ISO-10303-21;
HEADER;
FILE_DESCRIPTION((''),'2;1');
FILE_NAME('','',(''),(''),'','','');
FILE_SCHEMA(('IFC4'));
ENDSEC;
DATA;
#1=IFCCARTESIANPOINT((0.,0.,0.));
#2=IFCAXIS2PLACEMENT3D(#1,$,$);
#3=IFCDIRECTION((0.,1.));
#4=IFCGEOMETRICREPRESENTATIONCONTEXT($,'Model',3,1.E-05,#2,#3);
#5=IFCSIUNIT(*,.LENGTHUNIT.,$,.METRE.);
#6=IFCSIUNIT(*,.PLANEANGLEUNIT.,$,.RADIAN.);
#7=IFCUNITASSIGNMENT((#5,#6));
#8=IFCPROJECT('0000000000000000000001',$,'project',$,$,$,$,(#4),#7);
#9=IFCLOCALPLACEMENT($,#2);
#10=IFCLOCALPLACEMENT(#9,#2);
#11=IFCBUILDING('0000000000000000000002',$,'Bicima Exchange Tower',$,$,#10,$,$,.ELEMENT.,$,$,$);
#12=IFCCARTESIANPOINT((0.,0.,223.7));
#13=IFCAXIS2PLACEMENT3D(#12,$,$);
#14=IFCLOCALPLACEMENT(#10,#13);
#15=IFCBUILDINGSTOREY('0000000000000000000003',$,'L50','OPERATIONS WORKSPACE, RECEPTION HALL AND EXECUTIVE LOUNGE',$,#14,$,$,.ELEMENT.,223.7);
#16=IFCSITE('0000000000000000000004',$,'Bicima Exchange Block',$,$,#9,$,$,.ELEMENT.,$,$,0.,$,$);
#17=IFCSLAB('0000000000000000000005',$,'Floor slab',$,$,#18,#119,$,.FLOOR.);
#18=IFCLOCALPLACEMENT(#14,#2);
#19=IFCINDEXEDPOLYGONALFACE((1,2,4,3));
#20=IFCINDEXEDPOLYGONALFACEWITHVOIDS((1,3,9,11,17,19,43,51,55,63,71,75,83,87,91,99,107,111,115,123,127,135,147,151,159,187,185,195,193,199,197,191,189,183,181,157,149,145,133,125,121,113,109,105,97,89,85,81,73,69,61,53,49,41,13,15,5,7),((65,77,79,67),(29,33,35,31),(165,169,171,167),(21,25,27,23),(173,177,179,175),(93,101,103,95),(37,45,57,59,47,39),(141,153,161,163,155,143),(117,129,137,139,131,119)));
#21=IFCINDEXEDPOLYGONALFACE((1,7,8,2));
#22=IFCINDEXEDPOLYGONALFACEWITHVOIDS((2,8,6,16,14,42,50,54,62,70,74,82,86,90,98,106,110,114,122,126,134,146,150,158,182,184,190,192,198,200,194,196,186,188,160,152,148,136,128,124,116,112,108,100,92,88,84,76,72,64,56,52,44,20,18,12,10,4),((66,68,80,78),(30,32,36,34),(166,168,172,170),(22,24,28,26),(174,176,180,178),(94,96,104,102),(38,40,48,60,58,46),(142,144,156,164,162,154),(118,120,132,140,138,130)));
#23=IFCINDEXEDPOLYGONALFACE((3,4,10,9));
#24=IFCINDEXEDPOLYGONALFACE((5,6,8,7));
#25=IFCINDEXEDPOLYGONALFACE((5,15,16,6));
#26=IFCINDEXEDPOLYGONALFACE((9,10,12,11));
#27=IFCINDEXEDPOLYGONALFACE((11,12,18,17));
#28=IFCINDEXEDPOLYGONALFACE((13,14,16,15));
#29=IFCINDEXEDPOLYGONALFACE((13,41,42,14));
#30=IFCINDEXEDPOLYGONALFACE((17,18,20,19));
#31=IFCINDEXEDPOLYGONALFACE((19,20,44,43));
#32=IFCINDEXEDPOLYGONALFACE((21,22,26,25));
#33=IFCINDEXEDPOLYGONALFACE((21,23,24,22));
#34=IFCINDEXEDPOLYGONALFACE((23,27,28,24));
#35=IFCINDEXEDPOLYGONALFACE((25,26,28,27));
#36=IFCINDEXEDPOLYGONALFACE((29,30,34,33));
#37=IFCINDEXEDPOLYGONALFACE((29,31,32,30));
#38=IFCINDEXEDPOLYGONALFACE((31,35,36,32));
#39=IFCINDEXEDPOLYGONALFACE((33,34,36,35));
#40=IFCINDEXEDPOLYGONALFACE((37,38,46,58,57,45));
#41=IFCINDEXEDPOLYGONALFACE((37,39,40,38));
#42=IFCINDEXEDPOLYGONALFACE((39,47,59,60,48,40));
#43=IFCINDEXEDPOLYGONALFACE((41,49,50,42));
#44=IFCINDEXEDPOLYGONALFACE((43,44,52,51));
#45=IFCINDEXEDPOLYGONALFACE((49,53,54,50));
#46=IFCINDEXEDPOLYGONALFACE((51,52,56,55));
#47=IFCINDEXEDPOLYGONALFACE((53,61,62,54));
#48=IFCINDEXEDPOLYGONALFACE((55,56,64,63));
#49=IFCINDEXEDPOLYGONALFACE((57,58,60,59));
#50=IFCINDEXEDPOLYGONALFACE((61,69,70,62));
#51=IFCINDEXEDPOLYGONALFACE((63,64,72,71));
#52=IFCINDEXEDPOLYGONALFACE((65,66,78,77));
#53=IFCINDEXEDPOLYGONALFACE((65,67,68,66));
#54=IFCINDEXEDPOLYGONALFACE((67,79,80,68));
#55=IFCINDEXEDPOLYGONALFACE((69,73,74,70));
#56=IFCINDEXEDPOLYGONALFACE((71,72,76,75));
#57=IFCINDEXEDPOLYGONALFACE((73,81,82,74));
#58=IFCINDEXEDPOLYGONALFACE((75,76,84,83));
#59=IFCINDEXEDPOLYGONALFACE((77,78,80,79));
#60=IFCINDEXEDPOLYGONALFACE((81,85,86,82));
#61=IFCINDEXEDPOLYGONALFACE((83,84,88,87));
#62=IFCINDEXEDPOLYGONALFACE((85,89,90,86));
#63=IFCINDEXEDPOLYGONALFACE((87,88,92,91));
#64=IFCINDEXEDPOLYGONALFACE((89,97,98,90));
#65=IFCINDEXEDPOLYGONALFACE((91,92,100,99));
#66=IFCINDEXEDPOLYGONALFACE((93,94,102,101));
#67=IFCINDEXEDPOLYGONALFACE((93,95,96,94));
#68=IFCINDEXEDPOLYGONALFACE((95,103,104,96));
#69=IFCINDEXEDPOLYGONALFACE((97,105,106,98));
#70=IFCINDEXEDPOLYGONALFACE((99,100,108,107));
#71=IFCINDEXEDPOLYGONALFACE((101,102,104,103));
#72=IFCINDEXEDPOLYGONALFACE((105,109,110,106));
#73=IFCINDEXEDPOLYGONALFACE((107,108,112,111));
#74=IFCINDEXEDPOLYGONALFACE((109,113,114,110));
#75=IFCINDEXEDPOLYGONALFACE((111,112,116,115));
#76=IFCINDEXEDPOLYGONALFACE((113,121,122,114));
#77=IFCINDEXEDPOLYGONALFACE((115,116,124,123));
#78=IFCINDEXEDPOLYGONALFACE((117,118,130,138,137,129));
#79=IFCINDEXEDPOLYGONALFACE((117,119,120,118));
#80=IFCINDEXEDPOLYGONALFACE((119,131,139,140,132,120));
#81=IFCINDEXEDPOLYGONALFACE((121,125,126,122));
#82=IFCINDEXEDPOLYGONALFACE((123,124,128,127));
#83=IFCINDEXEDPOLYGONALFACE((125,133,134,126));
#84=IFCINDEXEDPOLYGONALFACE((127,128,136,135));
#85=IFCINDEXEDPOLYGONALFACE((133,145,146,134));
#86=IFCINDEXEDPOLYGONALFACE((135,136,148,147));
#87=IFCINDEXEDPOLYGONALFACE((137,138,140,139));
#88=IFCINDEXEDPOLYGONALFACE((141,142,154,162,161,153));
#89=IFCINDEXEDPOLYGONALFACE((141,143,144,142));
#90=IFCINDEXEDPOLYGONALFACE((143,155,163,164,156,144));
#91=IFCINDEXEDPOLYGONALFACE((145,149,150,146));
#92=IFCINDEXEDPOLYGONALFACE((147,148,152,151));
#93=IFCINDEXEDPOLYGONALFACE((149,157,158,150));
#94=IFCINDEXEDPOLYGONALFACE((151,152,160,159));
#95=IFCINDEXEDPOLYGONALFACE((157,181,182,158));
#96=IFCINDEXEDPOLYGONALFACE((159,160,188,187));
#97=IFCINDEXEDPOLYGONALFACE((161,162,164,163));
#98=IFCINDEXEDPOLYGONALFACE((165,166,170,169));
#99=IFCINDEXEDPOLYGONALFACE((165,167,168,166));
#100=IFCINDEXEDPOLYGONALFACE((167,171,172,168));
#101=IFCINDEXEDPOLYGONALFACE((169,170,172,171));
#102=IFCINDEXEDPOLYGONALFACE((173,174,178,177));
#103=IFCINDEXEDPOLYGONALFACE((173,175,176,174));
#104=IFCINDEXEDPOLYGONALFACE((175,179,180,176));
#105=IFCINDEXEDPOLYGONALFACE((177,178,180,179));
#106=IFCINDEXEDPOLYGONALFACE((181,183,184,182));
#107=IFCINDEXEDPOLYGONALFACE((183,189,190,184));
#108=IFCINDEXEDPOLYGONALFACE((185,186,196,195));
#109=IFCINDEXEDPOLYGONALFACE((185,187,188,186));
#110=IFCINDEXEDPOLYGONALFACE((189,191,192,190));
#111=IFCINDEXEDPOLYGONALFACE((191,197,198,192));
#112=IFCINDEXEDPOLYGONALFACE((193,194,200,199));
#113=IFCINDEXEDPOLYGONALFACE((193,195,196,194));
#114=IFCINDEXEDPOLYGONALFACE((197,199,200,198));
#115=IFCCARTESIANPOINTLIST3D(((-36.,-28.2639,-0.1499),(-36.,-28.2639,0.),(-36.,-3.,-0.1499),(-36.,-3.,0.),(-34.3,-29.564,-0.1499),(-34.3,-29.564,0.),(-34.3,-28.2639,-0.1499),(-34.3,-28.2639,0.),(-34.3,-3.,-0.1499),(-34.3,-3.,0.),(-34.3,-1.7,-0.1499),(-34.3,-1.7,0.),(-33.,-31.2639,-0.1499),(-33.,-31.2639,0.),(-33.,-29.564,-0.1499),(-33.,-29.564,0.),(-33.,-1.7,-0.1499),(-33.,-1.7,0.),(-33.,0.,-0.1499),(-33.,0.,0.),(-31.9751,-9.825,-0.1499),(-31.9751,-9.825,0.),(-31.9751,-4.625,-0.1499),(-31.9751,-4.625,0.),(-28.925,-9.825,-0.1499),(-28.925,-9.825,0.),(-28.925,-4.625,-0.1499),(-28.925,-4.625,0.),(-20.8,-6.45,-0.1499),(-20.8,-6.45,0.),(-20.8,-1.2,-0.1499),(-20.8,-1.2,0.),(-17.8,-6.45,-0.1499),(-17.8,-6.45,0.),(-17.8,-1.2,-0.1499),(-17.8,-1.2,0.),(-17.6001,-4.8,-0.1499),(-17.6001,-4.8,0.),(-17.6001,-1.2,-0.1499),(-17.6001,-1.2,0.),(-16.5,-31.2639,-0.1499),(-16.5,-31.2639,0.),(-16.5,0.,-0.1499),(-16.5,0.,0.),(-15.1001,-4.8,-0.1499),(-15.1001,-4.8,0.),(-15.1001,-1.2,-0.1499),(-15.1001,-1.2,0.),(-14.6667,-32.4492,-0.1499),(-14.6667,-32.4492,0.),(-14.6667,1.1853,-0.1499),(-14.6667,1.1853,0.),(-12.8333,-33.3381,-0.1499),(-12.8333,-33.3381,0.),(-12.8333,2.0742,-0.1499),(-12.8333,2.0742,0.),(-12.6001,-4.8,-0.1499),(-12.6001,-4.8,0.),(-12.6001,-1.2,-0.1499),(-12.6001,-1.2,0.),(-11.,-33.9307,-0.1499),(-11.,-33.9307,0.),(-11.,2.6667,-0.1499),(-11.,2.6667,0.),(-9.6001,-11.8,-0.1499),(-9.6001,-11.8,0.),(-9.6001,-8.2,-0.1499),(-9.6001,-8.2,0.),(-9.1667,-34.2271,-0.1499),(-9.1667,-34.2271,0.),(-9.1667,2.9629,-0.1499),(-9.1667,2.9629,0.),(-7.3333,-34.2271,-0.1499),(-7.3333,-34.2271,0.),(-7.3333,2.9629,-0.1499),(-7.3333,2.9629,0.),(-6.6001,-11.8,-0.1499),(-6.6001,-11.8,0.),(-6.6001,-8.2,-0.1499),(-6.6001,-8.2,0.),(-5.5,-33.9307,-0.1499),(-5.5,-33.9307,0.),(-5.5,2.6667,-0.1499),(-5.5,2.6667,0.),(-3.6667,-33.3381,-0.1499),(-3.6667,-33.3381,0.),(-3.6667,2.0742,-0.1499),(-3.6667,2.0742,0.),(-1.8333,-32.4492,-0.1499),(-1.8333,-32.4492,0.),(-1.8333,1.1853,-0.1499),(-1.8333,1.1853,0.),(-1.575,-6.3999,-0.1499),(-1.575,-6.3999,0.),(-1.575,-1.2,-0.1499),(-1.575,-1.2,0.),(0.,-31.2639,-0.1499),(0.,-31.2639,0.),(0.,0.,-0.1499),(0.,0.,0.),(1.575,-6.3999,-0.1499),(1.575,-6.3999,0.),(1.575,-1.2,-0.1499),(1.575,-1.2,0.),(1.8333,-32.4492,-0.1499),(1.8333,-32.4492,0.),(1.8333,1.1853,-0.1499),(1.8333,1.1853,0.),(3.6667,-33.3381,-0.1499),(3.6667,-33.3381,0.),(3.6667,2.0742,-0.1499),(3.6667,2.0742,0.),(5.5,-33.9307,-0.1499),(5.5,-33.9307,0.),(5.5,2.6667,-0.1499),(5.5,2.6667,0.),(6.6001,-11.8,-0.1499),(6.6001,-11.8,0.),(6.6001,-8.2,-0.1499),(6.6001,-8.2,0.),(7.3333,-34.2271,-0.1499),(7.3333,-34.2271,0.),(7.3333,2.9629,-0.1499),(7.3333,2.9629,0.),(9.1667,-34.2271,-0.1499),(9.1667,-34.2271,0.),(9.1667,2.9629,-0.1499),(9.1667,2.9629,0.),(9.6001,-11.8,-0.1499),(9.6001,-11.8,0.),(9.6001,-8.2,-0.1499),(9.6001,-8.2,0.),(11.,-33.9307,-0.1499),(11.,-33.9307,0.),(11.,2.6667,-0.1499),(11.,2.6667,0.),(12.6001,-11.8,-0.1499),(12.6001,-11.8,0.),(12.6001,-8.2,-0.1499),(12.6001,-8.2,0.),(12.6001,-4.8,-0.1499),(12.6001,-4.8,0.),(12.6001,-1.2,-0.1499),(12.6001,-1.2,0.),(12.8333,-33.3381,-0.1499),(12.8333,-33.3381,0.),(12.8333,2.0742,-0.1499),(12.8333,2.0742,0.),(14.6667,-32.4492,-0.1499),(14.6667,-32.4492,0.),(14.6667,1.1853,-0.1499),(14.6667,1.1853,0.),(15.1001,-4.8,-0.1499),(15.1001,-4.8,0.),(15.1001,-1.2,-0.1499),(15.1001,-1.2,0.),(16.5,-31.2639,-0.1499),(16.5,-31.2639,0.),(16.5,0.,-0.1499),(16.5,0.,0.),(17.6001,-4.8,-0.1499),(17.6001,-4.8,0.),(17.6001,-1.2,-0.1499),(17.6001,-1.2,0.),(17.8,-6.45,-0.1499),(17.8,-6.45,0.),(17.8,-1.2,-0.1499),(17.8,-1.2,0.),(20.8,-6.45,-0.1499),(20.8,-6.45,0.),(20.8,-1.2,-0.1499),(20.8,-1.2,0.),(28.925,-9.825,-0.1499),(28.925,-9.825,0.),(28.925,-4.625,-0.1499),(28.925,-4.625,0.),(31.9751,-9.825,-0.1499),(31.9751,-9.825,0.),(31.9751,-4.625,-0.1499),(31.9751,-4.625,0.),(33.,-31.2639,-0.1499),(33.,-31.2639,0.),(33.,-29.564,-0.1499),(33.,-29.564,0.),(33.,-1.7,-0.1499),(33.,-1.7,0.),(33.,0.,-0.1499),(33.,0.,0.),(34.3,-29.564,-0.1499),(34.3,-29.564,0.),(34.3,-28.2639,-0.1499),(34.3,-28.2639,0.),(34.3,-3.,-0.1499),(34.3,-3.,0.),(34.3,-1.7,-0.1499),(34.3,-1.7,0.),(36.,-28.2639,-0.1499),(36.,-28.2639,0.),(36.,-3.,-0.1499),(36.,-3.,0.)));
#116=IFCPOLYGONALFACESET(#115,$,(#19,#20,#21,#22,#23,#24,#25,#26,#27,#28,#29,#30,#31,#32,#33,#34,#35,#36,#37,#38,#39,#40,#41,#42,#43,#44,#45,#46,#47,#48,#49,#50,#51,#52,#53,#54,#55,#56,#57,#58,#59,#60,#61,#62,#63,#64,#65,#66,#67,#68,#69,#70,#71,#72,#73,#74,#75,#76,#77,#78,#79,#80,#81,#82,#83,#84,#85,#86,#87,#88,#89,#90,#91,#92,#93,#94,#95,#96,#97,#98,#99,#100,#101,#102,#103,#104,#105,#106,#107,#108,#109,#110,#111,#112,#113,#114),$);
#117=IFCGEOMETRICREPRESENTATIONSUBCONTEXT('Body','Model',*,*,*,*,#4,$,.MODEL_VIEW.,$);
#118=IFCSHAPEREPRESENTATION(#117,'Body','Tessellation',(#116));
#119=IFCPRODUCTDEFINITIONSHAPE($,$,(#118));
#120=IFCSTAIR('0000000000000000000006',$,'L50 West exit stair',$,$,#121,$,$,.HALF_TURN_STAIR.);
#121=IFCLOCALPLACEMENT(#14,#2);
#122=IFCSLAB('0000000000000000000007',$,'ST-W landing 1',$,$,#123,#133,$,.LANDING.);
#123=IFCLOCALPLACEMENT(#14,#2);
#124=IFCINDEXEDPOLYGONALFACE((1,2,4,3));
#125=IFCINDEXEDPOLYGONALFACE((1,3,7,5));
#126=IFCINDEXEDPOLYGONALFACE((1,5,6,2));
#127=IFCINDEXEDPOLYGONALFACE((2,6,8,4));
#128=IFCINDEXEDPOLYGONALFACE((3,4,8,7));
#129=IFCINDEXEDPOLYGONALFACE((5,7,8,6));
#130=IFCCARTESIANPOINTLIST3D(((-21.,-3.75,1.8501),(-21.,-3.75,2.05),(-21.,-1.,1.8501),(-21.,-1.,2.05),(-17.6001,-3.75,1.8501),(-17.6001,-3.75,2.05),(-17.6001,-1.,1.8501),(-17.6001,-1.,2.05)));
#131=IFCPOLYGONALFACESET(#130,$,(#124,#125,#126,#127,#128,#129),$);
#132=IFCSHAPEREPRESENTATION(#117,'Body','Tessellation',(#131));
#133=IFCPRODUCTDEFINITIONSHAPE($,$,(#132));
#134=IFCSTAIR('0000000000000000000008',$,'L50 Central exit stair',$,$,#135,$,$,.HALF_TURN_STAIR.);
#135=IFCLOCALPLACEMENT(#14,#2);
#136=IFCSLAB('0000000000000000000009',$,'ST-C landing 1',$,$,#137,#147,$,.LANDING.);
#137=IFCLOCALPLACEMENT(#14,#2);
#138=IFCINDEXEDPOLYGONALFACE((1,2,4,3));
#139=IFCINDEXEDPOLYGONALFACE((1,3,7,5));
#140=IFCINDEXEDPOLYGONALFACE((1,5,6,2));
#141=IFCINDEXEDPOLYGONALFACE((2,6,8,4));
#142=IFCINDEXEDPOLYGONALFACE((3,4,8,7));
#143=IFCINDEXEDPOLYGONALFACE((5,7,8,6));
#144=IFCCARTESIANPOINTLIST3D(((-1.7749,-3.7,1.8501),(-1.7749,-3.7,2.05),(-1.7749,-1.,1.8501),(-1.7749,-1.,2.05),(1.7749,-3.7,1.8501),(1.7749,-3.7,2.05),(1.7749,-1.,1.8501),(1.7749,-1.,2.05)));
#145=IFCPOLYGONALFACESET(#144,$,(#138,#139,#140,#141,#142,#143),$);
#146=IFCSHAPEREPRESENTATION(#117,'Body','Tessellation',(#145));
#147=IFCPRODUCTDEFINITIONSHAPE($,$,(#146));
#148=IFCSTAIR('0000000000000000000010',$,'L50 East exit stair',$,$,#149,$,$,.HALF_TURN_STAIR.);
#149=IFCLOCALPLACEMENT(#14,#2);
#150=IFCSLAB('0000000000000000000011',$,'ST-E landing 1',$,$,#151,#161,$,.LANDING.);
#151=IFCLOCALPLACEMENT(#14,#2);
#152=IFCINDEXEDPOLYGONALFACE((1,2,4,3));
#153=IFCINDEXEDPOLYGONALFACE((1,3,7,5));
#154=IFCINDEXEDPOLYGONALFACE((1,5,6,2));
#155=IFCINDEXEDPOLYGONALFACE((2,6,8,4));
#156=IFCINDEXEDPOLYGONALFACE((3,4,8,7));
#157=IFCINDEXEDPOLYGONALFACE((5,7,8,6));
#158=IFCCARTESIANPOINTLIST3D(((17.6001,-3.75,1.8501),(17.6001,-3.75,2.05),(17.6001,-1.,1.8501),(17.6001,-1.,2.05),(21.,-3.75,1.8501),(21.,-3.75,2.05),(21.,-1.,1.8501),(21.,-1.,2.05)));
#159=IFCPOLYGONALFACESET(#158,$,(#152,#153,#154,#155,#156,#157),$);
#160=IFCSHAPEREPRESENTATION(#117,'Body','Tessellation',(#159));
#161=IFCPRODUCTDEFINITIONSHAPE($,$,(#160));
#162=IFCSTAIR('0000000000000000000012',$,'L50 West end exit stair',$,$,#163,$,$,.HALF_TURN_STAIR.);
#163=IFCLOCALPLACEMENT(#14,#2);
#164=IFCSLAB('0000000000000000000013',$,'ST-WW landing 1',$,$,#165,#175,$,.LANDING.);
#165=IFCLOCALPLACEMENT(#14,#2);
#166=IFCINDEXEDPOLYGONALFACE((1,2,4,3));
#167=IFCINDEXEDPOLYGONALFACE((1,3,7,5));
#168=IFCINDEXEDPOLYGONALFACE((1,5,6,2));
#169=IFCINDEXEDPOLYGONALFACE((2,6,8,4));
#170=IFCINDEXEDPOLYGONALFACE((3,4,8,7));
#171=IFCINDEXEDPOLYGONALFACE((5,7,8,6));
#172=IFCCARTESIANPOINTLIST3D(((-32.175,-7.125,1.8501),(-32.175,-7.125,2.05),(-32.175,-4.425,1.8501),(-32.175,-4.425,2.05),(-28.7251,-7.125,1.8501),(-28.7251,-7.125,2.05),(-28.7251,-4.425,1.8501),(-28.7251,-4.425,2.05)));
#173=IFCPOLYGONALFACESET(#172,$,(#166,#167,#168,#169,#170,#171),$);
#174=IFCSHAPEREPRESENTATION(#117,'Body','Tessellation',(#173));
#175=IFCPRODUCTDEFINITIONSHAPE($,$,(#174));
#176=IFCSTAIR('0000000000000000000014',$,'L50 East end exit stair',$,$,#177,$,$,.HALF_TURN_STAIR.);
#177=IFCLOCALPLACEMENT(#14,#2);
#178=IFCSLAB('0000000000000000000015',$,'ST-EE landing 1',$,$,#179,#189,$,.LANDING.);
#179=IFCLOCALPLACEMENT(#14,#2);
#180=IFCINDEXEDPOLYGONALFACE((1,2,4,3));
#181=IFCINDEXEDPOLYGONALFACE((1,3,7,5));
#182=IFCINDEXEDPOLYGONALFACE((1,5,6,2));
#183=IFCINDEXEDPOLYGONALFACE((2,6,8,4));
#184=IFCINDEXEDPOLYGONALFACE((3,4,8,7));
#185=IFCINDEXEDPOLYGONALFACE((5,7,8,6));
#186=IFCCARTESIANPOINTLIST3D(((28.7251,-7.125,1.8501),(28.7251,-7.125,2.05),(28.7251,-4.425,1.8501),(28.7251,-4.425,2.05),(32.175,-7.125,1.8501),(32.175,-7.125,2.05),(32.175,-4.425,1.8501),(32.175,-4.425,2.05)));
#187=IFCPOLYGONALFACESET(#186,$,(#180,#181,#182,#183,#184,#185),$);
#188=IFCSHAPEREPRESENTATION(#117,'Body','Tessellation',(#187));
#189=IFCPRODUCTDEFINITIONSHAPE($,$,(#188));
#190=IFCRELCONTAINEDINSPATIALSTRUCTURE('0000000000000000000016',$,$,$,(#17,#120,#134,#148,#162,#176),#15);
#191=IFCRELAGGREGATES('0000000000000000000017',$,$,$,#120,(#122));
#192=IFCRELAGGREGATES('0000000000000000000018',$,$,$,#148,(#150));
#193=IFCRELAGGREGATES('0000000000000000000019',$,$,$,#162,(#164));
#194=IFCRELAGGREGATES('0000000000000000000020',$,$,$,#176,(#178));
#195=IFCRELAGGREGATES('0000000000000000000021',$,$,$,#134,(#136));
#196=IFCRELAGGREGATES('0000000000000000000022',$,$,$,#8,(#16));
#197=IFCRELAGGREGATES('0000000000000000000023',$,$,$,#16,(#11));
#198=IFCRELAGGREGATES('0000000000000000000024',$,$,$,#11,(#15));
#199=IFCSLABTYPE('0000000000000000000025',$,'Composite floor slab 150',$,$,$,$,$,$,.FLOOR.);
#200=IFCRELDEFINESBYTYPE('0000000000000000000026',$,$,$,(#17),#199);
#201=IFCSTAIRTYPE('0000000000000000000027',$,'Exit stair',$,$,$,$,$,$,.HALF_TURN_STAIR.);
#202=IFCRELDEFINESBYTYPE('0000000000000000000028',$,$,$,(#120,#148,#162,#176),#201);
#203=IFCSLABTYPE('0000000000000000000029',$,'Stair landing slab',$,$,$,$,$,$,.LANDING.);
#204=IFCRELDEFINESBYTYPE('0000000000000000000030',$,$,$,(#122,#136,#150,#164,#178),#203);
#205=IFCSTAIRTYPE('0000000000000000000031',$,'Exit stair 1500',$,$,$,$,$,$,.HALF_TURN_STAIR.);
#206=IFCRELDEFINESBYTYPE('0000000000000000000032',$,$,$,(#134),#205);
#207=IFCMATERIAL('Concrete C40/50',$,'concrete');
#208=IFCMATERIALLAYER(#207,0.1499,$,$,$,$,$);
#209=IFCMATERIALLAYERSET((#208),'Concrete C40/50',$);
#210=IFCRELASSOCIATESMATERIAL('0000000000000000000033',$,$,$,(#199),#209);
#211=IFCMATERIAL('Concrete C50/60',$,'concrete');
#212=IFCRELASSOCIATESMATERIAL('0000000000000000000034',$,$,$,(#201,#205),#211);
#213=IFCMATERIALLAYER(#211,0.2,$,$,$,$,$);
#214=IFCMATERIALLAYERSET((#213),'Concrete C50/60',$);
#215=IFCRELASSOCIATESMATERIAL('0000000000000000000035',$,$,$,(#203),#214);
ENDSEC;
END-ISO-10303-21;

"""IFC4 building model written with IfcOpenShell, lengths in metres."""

from ifc_helpers import new_model, si_unit, direction, frame, origin, place, context, subcontext, project, spatial, polyline, outline, extrude, material, layer, layer_set, type_object, element, aggregate, save


model = new_model("IFC4")

# Units and contexts
model_context = context("Model", 3, precision=1e-05, world=origin(), true_north=direction((0.0, 1.0)))
body_context = subcontext(model_context, "Body", "Model", "MODEL_VIEW")
ifc_project = project(units=[si_unit("LENGTHUNIT", "METRE"), si_unit("PLANEANGLEUNIT", "RADIAN")], contexts=[model_context])

# Site, building, storey
site_placement = place(None, origin())
site = spatial("IfcSite", under=ifc_project, at=site_placement, Name="Bicima Exchange Block", CompositionType="ELEMENT", RefElevation=0.0)
building_placement = place(site_placement, origin())
building = spatial("IfcBuilding", under=site, at=building_placement, Name="Bicima Exchange Tower", CompositionType="ELEMENT")
storey_placement = place(building_placement, frame((0.0, 0.0, 223.7)))
storey = spatial("IfcBuildingStorey", under=building, at=storey_placement, Name="L50", Description="OPERATIONS WORKSPACE, RECEPTION HALL AND EXECUTIVE LOUNGE", CompositionType="ELEMENT", Elevation=223.7)

# Slab
ifc_material_1 = material(Name="Concrete C40/50", Category="concrete")
ifc_layer_1 = layer(ifc_material_1, 0.1499)
ifc_layer_set_1 = layer_set([ifc_layer_1], Name="Concrete C40/50")
slab_type_1 = type_object("IfcSlabType", Name="Composite floor slab 150", PredefinedType="FLOOR", material=ifc_layer_set_1)
slab_1_placement = place(storey_placement, frame((0.0, 0.0, -0.1499)))
element("IfcSlab", 1, at=slab_1_placement, inside=storey, type_object=slab_type_1, Name="Floor slab", PredefinedType="FLOOR", context=body_context, shape_type="SweptSolid", body=[
    extrude(outline(polyline([(-36.0, -28.2639), (-36.0, -3.0), (-34.3, -3.0), (-34.3, -1.7), (-33.0, -1.7), (-33.0, 0.0), (-16.5, 0.0), (-14.6667, 1.1853), (-12.8333, 2.0742), (-11.0, 2.6667), (-9.1667, 2.9629), (-7.3333, 2.9629), (-5.5, 2.6667), (-3.6667, 2.0742), (-1.8333, 1.1853), (0.0, 0.0), (1.8333, 1.1853), (3.6667, 2.0742), (5.5, 2.6667), (7.3333, 2.9629), (9.1667, 2.9629), (11.0, 2.6667), (12.8333, 2.0742), (14.6667, 1.1853), (16.5, 0.0), (33.0, 0.0), (33.0, -1.7), (34.3, -1.7), (34.3, -3.0), (36.0, -3.0), (36.0, -28.2639), (34.3, -28.2639), (34.3, -29.564), (33.0, -29.564), (33.0, -31.2639), (16.5, -31.2639), (14.6667, -32.4492), (12.8333, -33.3381), (11.0, -33.9307), (9.1667, -34.2271), (7.3333, -34.2271), (5.5, -33.9307), (3.6667, -33.3381), (1.8333, -32.4492), (0.0, -31.2639), (-1.8333, -32.4492), (-3.6667, -33.3381), (-5.5, -33.9307), (-7.3333, -34.2271), (-9.1667, -34.2271), (-11.0, -33.9307), (-12.8333, -33.3381), (-14.6667, -32.4492), (-16.5, -31.2639), (-33.0, -31.2639), (-33.0, -29.564), (-34.3, -29.564), (-34.3, -28.2639), (-36.0, -28.2639)]), holes=[polyline([(-6.6001, -11.8), (-6.6001, -8.2), (-9.6001, -8.2), (-9.6001, -11.8), (-6.6001, -11.8)]), polyline([(-31.9751, -9.825), (-28.925, -9.825), (-28.925, -4.625), (-31.9751, -4.625), (-31.9751, -9.825)]), polyline([(-20.8, -6.45), (-17.8, -6.45), (-17.8, -1.2), (-20.8, -1.2), (-20.8, -6.45)]), polyline([(1.575, -6.3999), (1.575, -1.2), (-1.575, -1.2), (-1.575, -6.3999), (1.575, -6.3999)]), polyline([(-12.6001, -4.8), (-12.6001, -1.2), (-15.1001, -1.2), (-17.6001, -1.2), (-17.6001, -4.8), (-15.1001, -4.8), (-12.6001, -4.8)]), polyline([(12.6001, -8.2), (9.6001, -8.2), (6.6001, -8.2), (6.6001, -11.8), (9.6001, -11.8), (12.6001, -11.8), (12.6001, -8.2)]), polyline([(28.925, -9.825), (31.9751, -9.825), (31.9751, -4.625), (28.925, -4.625), (28.925, -9.825)]), polyline([(20.8, -6.45), (20.8, -1.2), (17.8, -1.2), (17.8, -6.45), (20.8, -6.45)]), polyline([(17.6001, -4.8), (17.6001, -1.2), (15.1001, -1.2), (12.6001, -1.2), (12.6001, -4.8), (15.1001, -4.8), (17.6001, -4.8)])]), origin(), (0.0, 0.0, 1.0), 0.1499),
])

# Stairs, slabs
ifc_material_2 = material(Name="Concrete C50/60", Category="concrete")
stair_type_1 = type_object("IfcStairType", Name="Exit stair", PredefinedType="HALF_TURN_STAIR", material=ifc_material_2)
stair_1_placement = place(storey_placement, origin())
stair_1 = element("IfcStair", 2, at=stair_1_placement, inside=storey, type_object=stair_type_1, Name="L50 West exit stair", PredefinedType="HALF_TURN_STAIR")
ifc_layer_2 = layer(ifc_material_2, 0.2)
ifc_layer_set_2 = layer_set([ifc_layer_2], Name="Concrete C50/60")
slab_type_2 = type_object("IfcSlabType", Name="Stair landing slab", PredefinedType="LANDING", material=ifc_layer_set_2)
slab_2_placement = place(storey_placement, frame((0.0, 0.0, 1.8501)))
slab_2 = element("IfcSlab", 3, at=slab_2_placement, type_object=slab_type_2, Name="ST-W landing 1", PredefinedType="LANDING", context=body_context, shape_type="SweptSolid", body=[
    extrude(outline(polyline([(-17.6001, -3.75), (-17.6001, -1.0), (-21.0, -1.0), (-21.0, -3.75), (-17.6001, -3.75)])), origin(), (0.0, 0.0, 1.0), 0.2),
])
aggregate(stair_1, [slab_2])
stair_type_2 = type_object("IfcStairType", Name="Exit stair 1500", PredefinedType="HALF_TURN_STAIR", material=ifc_material_2)
stair_2_placement = place(storey_placement, origin())
stair_2 = element("IfcStair", 4, at=stair_2_placement, inside=storey, type_object=stair_type_2, Name="L50 Central exit stair", PredefinedType="HALF_TURN_STAIR")
slab_3_placement = place(storey_placement, frame((0.0, 0.0, 1.8501)))
slab_3 = element("IfcSlab", 5, at=slab_3_placement, type_object=slab_type_2, Name="ST-C landing 1", PredefinedType="LANDING", context=body_context, shape_type="SweptSolid", body=[
    extrude(outline(polyline([(1.7749, -3.7), (1.7749, -1.0), (-1.7749, -1.0), (-1.7749, -3.7), (1.7749, -3.7)])), origin(), (0.0, 0.0, 1.0), 0.2),
])
stair_3_placement = place(storey_placement, origin())
stair_3 = element("IfcStair", 6, at=stair_3_placement, inside=storey, type_object=stair_type_1, Name="L50 East exit stair", PredefinedType="HALF_TURN_STAIR")
slab_4_placement = place(storey_placement, frame((0.0, 0.0, 1.8501)))
slab_4 = element("IfcSlab", 7, at=slab_4_placement, type_object=slab_type_2, Name="ST-E landing 1", PredefinedType="LANDING", context=body_context, shape_type="SweptSolid", body=[
    extrude(outline(polyline([(21.0, -3.75), (21.0, -1.0), (17.6001, -1.0), (17.6001, -3.75), (21.0, -3.75)])), origin(), (0.0, 0.0, 1.0), 0.2),
])
aggregate(stair_3, [slab_4])
stair_4_placement = place(storey_placement, origin())
stair_4 = element("IfcStair", 8, at=stair_4_placement, inside=storey, type_object=stair_type_1, Name="L50 West end exit stair", PredefinedType="HALF_TURN_STAIR")
slab_5_placement = place(storey_placement, frame((0.0, 0.0, 1.8501)))
slab_5 = element("IfcSlab", 9, at=slab_5_placement, type_object=slab_type_2, Name="ST-WW landing 1", PredefinedType="LANDING", context=body_context, shape_type="SweptSolid", body=[
    extrude(outline(polyline([(-28.7251, -7.125), (-28.7251, -4.425), (-32.175, -4.425), (-32.175, -7.125), (-28.7251, -7.125)])), origin(), (0.0, 0.0, 1.0), 0.2),
])
aggregate(stair_4, [slab_5])
stair_5_placement = place(storey_placement, origin())
stair_5 = element("IfcStair", 10, at=stair_5_placement, inside=storey, type_object=stair_type_1, Name="L50 East end exit stair", PredefinedType="HALF_TURN_STAIR")
slab_6_placement = place(storey_placement, frame((0.0, 0.0, 1.8501)))
slab_6 = element("IfcSlab", 11, at=slab_6_placement, type_object=slab_type_2, Name="ST-EE landing 1", PredefinedType="LANDING", context=body_context, shape_type="SweptSolid", body=[
    extrude(outline(polyline([(32.175, -7.125), (32.175, -4.425), (28.7251, -4.425), (28.7251, -7.125), (32.175, -7.125)])), origin(), (0.0, 0.0, 1.0), 0.2),
])
aggregate(stair_5, [slab_6])

aggregate(stair_2, [slab_3])

save(model, "model.ifc")
